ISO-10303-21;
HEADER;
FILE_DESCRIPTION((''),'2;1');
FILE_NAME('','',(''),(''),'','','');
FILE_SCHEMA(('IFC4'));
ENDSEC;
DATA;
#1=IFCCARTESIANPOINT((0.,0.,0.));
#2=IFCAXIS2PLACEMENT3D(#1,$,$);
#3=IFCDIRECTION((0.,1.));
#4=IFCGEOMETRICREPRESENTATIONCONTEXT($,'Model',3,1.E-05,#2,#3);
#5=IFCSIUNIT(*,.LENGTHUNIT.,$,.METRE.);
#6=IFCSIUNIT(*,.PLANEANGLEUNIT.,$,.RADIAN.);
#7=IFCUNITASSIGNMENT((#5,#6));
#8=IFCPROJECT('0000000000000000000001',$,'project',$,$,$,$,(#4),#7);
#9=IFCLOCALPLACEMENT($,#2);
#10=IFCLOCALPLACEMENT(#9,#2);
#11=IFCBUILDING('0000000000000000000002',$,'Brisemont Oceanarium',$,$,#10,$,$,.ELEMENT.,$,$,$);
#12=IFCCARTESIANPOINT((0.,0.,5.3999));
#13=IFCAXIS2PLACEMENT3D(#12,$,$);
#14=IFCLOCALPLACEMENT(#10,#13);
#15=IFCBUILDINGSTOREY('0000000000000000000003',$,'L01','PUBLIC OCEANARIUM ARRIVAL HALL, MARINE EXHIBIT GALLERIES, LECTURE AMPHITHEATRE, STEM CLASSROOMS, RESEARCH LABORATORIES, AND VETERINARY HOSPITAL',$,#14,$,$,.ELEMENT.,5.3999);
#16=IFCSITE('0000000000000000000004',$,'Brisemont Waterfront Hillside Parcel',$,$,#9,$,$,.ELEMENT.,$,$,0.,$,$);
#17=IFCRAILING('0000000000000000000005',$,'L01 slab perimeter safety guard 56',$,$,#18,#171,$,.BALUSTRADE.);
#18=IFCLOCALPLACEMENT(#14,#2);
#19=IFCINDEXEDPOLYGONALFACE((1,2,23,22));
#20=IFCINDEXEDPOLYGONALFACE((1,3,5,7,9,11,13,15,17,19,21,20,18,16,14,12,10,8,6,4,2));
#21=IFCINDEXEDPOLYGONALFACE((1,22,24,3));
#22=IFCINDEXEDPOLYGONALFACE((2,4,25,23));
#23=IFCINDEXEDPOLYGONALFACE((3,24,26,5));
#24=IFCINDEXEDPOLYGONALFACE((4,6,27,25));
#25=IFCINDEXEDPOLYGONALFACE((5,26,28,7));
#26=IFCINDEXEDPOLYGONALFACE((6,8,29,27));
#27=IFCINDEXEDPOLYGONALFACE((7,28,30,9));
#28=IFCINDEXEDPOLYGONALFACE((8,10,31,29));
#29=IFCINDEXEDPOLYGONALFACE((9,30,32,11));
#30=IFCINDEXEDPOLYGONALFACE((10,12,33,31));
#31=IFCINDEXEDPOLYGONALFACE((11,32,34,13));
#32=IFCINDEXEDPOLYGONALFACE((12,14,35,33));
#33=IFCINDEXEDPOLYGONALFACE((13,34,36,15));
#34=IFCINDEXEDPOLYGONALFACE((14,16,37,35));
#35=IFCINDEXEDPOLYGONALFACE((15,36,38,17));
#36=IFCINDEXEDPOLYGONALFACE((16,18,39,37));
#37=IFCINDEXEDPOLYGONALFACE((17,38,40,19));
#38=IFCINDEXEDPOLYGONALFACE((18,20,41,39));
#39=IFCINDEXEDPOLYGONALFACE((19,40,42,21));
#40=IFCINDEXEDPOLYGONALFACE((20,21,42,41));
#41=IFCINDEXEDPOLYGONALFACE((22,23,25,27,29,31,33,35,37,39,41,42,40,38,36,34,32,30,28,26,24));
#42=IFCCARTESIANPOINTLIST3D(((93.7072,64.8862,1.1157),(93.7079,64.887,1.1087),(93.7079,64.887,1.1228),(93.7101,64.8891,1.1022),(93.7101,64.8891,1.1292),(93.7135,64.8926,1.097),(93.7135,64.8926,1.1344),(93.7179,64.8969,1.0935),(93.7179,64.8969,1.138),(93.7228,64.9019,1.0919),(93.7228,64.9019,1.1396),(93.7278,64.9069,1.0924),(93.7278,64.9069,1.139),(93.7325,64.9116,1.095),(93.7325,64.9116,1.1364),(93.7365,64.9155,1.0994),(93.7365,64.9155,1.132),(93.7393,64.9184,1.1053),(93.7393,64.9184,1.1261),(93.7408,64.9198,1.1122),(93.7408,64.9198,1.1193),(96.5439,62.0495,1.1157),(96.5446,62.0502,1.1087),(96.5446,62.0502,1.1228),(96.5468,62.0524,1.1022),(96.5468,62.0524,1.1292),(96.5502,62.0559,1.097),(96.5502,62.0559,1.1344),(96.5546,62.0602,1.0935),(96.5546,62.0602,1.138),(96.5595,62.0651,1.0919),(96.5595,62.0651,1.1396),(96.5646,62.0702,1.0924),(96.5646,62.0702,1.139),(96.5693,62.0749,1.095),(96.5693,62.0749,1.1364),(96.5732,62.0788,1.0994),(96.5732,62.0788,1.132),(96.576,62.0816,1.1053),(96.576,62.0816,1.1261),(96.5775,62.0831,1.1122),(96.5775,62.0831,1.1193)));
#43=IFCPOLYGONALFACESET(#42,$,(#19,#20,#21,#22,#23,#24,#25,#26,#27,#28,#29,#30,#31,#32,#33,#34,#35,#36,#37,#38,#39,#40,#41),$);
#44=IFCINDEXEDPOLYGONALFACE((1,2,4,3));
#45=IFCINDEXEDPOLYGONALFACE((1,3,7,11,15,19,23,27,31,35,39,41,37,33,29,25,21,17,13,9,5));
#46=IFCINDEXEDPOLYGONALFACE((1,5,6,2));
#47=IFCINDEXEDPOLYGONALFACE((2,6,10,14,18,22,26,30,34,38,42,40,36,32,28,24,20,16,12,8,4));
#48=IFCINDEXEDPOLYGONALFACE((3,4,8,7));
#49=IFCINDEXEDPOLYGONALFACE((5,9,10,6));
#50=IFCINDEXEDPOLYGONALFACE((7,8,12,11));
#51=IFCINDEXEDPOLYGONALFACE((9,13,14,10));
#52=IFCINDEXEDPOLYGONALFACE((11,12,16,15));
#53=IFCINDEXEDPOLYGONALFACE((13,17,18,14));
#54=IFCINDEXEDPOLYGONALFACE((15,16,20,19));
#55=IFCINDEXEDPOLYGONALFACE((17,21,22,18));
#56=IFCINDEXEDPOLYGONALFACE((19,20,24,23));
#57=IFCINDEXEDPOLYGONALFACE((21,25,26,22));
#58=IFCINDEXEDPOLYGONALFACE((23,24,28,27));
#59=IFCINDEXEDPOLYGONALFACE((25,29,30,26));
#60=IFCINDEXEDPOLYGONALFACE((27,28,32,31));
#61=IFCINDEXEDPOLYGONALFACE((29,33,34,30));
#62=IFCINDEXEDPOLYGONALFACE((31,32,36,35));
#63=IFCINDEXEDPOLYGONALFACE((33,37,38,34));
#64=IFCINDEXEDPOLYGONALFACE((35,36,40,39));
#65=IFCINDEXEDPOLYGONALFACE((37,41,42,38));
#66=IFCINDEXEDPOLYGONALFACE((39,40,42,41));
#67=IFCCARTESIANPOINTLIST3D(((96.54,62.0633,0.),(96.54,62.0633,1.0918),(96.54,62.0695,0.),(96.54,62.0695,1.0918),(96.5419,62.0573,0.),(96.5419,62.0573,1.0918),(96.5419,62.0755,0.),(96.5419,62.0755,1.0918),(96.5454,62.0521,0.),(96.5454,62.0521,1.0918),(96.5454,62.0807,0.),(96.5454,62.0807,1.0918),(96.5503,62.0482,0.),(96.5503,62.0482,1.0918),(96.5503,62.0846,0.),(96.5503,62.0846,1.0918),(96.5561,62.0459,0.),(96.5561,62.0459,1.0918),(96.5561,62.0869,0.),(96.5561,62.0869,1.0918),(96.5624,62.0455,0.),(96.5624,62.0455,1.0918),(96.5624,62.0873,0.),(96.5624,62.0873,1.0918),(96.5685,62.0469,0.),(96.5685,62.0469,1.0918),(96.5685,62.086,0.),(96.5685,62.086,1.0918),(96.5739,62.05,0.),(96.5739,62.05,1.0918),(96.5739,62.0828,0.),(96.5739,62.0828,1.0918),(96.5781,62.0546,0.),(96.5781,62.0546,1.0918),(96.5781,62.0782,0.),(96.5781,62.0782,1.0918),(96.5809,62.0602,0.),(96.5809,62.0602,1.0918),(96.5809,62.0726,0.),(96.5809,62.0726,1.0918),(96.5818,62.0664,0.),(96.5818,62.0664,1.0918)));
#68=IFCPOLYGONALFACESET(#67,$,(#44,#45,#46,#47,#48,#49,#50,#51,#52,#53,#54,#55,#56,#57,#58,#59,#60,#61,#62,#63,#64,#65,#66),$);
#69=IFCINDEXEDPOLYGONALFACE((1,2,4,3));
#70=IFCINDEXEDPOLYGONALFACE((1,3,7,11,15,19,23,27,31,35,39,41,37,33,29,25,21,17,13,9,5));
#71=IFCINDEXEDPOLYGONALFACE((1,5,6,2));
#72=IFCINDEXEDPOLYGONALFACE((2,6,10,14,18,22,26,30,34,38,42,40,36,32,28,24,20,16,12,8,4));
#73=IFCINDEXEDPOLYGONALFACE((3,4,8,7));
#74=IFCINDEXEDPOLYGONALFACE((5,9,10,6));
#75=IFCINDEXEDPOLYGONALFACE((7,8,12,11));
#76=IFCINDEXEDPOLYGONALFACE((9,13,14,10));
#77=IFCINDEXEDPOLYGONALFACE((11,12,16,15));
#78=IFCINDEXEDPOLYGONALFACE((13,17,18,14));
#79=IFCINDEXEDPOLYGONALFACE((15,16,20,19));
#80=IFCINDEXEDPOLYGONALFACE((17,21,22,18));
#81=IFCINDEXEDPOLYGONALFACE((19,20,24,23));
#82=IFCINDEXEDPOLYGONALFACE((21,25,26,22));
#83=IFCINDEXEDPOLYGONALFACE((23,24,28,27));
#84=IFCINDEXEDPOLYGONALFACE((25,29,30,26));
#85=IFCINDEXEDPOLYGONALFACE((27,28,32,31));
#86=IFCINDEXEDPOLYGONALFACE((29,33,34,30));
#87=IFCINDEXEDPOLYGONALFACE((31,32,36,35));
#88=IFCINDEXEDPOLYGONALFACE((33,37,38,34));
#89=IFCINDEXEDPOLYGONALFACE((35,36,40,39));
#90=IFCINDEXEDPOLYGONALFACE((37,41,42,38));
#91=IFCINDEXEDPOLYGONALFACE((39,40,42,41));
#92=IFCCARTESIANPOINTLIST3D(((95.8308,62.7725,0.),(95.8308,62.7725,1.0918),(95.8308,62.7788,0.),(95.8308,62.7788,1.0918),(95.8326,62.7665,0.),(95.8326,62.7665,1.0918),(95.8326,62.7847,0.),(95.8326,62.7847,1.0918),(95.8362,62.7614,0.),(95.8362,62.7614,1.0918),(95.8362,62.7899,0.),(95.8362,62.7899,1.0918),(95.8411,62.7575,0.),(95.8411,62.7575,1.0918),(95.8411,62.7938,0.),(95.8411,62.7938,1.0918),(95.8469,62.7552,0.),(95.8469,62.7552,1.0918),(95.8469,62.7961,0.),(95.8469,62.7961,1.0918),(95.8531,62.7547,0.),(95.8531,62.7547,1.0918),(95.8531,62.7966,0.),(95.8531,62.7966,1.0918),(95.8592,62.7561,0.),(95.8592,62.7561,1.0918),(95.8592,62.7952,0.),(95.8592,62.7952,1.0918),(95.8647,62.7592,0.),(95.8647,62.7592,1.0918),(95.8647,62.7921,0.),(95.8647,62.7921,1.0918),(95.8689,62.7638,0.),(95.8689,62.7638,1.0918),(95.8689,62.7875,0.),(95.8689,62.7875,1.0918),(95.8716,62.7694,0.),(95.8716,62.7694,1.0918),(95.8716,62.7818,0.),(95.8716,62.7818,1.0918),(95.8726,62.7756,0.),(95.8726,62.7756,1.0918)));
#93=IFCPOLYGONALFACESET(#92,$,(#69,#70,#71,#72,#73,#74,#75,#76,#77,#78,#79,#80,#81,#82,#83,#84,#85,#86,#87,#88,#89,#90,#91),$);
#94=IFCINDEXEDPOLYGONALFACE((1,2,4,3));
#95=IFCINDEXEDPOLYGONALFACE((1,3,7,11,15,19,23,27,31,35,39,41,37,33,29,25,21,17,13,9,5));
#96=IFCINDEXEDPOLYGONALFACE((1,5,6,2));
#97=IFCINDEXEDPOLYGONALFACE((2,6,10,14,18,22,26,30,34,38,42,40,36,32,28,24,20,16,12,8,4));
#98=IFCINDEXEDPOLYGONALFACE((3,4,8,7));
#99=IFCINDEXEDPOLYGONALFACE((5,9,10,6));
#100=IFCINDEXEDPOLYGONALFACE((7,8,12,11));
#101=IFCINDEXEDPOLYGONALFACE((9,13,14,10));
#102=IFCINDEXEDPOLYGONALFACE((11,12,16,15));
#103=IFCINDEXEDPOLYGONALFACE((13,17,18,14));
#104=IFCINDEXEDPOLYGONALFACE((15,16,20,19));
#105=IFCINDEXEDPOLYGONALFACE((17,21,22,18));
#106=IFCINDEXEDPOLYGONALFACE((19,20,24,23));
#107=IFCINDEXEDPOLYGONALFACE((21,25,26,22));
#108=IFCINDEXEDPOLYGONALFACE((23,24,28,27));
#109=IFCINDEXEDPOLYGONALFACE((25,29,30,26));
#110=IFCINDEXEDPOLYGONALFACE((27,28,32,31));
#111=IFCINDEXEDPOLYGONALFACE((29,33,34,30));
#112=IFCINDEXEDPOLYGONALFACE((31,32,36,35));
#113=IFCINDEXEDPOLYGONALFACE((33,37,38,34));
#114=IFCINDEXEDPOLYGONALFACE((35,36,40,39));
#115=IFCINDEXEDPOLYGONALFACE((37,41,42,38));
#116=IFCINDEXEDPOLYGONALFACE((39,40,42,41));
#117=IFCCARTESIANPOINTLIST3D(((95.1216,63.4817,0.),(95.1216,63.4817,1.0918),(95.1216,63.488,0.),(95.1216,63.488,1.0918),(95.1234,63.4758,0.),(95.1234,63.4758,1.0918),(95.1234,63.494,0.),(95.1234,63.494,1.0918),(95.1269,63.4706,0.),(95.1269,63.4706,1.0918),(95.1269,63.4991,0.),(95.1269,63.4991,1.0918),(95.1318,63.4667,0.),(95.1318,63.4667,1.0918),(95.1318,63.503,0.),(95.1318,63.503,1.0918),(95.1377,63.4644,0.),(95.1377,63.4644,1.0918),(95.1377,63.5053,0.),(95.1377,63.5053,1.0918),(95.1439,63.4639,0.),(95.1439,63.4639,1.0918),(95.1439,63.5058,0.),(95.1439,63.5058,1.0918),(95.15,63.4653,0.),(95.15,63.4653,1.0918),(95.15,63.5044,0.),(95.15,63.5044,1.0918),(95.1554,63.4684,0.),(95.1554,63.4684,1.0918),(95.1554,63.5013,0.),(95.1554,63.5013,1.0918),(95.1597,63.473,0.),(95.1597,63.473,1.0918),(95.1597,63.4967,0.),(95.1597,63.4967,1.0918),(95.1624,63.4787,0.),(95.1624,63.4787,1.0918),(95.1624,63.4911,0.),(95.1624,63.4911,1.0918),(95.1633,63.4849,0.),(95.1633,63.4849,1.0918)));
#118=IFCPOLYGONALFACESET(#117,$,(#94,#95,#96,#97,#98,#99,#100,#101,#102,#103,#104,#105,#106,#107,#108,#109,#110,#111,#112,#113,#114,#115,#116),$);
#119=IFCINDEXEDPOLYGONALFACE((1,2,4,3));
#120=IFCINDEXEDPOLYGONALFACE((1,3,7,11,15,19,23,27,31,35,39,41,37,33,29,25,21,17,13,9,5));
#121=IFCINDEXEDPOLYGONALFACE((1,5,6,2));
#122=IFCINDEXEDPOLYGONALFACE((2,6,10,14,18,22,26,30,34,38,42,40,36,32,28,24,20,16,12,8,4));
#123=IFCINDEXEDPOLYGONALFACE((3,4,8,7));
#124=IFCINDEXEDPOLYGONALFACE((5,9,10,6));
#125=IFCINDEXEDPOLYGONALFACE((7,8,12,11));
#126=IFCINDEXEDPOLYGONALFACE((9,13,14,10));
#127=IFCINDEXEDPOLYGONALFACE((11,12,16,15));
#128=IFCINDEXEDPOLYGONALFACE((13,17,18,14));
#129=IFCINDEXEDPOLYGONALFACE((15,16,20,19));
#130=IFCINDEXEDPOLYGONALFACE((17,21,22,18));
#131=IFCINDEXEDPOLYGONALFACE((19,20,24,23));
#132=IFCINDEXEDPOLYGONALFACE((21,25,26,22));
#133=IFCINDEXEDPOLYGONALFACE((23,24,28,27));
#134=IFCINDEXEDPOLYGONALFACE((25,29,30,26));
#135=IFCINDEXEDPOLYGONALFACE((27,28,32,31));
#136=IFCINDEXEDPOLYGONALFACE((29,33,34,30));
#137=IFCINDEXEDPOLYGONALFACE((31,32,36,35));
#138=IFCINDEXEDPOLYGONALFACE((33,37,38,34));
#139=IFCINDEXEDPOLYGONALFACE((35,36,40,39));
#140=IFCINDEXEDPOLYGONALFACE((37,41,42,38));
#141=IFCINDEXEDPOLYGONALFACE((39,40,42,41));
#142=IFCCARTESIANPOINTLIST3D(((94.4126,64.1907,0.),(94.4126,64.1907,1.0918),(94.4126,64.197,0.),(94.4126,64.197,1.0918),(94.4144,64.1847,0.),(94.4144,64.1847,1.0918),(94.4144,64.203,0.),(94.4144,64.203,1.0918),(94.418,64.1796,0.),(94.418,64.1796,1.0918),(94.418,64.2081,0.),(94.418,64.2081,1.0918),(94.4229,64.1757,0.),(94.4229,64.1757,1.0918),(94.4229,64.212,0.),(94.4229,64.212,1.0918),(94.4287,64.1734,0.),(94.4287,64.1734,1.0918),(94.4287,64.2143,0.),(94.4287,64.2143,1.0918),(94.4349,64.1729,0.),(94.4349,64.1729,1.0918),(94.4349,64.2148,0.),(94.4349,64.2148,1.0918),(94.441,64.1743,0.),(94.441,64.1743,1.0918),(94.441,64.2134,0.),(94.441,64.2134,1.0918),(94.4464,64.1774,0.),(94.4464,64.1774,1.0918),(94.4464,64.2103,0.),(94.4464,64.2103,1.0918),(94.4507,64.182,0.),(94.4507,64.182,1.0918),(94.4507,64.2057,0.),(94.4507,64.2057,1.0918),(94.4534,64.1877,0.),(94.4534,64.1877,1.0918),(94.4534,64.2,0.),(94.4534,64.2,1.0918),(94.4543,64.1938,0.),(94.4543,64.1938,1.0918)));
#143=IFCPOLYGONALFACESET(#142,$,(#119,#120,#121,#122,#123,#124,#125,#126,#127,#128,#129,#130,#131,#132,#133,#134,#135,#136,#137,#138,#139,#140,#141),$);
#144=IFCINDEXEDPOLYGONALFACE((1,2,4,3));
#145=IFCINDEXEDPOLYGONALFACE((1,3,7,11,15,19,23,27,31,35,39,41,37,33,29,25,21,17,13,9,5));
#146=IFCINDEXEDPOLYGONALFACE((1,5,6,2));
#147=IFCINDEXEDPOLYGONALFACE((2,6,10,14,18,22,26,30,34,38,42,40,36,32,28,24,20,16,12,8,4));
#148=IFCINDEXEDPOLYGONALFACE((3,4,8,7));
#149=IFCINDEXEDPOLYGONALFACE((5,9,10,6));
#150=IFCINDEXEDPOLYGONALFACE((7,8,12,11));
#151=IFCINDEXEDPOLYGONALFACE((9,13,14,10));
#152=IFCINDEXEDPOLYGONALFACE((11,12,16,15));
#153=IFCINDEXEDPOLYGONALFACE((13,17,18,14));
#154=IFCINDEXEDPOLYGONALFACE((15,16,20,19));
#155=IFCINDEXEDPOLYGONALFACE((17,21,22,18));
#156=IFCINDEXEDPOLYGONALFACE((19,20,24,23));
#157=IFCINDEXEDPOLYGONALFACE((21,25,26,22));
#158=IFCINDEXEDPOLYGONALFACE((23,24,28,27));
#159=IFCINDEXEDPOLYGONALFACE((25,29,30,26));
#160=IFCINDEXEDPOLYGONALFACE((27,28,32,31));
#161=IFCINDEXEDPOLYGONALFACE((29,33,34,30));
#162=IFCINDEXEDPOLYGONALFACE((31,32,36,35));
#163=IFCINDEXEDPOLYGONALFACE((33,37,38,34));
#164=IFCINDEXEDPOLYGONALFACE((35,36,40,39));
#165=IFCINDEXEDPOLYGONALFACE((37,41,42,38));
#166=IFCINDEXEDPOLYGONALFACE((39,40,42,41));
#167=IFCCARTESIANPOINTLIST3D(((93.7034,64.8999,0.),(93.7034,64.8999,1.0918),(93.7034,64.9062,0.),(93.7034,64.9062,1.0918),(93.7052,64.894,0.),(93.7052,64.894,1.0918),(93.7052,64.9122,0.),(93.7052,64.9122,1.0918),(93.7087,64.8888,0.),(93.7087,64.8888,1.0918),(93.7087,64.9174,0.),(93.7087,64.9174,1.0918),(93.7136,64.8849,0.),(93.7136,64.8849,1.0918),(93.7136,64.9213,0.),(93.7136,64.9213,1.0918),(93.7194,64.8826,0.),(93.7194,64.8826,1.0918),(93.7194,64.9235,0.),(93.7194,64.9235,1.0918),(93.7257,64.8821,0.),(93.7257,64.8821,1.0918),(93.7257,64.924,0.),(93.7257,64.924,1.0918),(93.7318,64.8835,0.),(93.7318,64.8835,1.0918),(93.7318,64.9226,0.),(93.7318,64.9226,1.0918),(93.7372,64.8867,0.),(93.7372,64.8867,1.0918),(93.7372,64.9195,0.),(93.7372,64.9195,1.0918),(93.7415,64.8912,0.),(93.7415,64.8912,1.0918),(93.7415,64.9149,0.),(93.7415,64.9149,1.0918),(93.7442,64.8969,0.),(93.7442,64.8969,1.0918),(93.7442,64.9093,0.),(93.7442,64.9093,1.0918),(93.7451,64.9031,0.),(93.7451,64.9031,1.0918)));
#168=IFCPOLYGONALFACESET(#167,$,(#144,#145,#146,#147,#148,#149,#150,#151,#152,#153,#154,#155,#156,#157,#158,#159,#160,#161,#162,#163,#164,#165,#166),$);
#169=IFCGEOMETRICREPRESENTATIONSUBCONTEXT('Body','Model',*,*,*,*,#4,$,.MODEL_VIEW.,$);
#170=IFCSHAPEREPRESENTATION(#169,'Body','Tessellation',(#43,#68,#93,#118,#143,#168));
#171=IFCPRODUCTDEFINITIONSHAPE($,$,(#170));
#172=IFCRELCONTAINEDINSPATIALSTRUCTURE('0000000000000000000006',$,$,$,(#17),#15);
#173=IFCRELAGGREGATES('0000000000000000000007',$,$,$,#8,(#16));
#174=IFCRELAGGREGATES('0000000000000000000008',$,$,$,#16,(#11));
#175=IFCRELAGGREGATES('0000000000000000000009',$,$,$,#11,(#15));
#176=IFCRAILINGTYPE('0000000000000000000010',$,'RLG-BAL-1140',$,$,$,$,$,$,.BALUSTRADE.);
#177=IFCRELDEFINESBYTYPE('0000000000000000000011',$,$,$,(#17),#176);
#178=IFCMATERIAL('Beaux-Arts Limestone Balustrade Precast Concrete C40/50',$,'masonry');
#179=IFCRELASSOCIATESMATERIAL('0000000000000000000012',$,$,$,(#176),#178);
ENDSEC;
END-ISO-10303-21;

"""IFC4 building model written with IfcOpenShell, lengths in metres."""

from ifc_helpers import new_model, si_unit, direction, frame, origin, origin_2d, place, context, subcontext, project, spatial, circle, extrude, material, type_object, element, save


model = new_model("IFC4")

# Units and contexts
model_context = context("Model", 3, precision=1e-05, world=origin(), true_north=direction((0.0, 1.0)))
body_context = subcontext(model_context, "Body", "Model", "MODEL_VIEW")
ifc_project = project(units=[si_unit("LENGTHUNIT", "METRE"), si_unit("PLANEANGLEUNIT", "RADIAN")], contexts=[model_context])

# Site, building, storey
site_placement = place(None, origin())
site = spatial("IfcSite", under=ifc_project, at=site_placement, Name="Brisemont Waterfront Hillside Parcel", CompositionType="ELEMENT", RefElevation=0.0)
building_placement = place(site_placement, origin())
building = spatial("IfcBuilding", under=site, at=building_placement, Name="Brisemont Oceanarium", CompositionType="ELEMENT")
storey_placement = place(building_placement, frame((0.0, 0.0, 5.3999)))
storey = spatial("IfcBuildingStorey", under=building, at=storey_placement, Name="L01", Description="PUBLIC OCEANARIUM ARRIVAL HALL, MARINE EXHIBIT GALLERIES, LECTURE AMPHITHEATRE, STEM CLASSROOMS, RESEARCH LABORATORIES, AND VETERINARY HOSPITAL", CompositionType="ELEMENT", Elevation=5.3999)

# Railing
ifc_material_1 = material(Name="Beaux-Arts Limestone Balustrade Precast Concrete C40/50", Category="masonry")
railing_type_1 = type_object("IfcRailingType", Name="RLG-BAL-1140", PredefinedType="BALUSTRADE", material=ifc_material_1)
railing_1_placement = place(storey_placement, frame((96.5608, 62.0664, 0.0)))
element("IfcRailing", 1, at=railing_1_placement, inside=storey, type_object=railing_type_1, Name="L01 slab perimeter safety guard 56", PredefinedType="BALUSTRADE", context=body_context, shape_type="SweptSolid", body=[
    extrude(circle(Radius=0.0239, at=origin_2d()), frame((0.0, 0.0, 1.1157), z_axis=(-0.707107, 0.707107, 0.0), x_axis=(-0.707107, -0.707107, 0.0)), (0.0, 0.0, 1.0), 4.0117),
    extrude(circle(Radius=0.021, at=origin_2d()), origin(), (0.0, 0.0, 1.0), 1.0918),
    extrude(circle(Radius=0.021, at=origin_2d()), frame((-0.7092, 0.7092, 0.0)), (0.0, 0.0, 1.0), 1.0918),
    extrude(circle(Radius=0.021, at=origin_2d()), frame((-1.4185, 1.4185, 0.0)), (0.0, 0.0, 1.0), 1.0918),
    extrude(circle(Radius=0.021, at=origin_2d()), frame((-2.1274, 2.1274, 0.0)), (0.0, 0.0, 1.0), 1.0918),
    extrude(circle(Radius=0.021, at=origin_2d()), frame((-2.8367, 2.8367, 0.0)), (0.0, 0.0, 1.0), 1.0918),
])

save(model, "model.ifc")
